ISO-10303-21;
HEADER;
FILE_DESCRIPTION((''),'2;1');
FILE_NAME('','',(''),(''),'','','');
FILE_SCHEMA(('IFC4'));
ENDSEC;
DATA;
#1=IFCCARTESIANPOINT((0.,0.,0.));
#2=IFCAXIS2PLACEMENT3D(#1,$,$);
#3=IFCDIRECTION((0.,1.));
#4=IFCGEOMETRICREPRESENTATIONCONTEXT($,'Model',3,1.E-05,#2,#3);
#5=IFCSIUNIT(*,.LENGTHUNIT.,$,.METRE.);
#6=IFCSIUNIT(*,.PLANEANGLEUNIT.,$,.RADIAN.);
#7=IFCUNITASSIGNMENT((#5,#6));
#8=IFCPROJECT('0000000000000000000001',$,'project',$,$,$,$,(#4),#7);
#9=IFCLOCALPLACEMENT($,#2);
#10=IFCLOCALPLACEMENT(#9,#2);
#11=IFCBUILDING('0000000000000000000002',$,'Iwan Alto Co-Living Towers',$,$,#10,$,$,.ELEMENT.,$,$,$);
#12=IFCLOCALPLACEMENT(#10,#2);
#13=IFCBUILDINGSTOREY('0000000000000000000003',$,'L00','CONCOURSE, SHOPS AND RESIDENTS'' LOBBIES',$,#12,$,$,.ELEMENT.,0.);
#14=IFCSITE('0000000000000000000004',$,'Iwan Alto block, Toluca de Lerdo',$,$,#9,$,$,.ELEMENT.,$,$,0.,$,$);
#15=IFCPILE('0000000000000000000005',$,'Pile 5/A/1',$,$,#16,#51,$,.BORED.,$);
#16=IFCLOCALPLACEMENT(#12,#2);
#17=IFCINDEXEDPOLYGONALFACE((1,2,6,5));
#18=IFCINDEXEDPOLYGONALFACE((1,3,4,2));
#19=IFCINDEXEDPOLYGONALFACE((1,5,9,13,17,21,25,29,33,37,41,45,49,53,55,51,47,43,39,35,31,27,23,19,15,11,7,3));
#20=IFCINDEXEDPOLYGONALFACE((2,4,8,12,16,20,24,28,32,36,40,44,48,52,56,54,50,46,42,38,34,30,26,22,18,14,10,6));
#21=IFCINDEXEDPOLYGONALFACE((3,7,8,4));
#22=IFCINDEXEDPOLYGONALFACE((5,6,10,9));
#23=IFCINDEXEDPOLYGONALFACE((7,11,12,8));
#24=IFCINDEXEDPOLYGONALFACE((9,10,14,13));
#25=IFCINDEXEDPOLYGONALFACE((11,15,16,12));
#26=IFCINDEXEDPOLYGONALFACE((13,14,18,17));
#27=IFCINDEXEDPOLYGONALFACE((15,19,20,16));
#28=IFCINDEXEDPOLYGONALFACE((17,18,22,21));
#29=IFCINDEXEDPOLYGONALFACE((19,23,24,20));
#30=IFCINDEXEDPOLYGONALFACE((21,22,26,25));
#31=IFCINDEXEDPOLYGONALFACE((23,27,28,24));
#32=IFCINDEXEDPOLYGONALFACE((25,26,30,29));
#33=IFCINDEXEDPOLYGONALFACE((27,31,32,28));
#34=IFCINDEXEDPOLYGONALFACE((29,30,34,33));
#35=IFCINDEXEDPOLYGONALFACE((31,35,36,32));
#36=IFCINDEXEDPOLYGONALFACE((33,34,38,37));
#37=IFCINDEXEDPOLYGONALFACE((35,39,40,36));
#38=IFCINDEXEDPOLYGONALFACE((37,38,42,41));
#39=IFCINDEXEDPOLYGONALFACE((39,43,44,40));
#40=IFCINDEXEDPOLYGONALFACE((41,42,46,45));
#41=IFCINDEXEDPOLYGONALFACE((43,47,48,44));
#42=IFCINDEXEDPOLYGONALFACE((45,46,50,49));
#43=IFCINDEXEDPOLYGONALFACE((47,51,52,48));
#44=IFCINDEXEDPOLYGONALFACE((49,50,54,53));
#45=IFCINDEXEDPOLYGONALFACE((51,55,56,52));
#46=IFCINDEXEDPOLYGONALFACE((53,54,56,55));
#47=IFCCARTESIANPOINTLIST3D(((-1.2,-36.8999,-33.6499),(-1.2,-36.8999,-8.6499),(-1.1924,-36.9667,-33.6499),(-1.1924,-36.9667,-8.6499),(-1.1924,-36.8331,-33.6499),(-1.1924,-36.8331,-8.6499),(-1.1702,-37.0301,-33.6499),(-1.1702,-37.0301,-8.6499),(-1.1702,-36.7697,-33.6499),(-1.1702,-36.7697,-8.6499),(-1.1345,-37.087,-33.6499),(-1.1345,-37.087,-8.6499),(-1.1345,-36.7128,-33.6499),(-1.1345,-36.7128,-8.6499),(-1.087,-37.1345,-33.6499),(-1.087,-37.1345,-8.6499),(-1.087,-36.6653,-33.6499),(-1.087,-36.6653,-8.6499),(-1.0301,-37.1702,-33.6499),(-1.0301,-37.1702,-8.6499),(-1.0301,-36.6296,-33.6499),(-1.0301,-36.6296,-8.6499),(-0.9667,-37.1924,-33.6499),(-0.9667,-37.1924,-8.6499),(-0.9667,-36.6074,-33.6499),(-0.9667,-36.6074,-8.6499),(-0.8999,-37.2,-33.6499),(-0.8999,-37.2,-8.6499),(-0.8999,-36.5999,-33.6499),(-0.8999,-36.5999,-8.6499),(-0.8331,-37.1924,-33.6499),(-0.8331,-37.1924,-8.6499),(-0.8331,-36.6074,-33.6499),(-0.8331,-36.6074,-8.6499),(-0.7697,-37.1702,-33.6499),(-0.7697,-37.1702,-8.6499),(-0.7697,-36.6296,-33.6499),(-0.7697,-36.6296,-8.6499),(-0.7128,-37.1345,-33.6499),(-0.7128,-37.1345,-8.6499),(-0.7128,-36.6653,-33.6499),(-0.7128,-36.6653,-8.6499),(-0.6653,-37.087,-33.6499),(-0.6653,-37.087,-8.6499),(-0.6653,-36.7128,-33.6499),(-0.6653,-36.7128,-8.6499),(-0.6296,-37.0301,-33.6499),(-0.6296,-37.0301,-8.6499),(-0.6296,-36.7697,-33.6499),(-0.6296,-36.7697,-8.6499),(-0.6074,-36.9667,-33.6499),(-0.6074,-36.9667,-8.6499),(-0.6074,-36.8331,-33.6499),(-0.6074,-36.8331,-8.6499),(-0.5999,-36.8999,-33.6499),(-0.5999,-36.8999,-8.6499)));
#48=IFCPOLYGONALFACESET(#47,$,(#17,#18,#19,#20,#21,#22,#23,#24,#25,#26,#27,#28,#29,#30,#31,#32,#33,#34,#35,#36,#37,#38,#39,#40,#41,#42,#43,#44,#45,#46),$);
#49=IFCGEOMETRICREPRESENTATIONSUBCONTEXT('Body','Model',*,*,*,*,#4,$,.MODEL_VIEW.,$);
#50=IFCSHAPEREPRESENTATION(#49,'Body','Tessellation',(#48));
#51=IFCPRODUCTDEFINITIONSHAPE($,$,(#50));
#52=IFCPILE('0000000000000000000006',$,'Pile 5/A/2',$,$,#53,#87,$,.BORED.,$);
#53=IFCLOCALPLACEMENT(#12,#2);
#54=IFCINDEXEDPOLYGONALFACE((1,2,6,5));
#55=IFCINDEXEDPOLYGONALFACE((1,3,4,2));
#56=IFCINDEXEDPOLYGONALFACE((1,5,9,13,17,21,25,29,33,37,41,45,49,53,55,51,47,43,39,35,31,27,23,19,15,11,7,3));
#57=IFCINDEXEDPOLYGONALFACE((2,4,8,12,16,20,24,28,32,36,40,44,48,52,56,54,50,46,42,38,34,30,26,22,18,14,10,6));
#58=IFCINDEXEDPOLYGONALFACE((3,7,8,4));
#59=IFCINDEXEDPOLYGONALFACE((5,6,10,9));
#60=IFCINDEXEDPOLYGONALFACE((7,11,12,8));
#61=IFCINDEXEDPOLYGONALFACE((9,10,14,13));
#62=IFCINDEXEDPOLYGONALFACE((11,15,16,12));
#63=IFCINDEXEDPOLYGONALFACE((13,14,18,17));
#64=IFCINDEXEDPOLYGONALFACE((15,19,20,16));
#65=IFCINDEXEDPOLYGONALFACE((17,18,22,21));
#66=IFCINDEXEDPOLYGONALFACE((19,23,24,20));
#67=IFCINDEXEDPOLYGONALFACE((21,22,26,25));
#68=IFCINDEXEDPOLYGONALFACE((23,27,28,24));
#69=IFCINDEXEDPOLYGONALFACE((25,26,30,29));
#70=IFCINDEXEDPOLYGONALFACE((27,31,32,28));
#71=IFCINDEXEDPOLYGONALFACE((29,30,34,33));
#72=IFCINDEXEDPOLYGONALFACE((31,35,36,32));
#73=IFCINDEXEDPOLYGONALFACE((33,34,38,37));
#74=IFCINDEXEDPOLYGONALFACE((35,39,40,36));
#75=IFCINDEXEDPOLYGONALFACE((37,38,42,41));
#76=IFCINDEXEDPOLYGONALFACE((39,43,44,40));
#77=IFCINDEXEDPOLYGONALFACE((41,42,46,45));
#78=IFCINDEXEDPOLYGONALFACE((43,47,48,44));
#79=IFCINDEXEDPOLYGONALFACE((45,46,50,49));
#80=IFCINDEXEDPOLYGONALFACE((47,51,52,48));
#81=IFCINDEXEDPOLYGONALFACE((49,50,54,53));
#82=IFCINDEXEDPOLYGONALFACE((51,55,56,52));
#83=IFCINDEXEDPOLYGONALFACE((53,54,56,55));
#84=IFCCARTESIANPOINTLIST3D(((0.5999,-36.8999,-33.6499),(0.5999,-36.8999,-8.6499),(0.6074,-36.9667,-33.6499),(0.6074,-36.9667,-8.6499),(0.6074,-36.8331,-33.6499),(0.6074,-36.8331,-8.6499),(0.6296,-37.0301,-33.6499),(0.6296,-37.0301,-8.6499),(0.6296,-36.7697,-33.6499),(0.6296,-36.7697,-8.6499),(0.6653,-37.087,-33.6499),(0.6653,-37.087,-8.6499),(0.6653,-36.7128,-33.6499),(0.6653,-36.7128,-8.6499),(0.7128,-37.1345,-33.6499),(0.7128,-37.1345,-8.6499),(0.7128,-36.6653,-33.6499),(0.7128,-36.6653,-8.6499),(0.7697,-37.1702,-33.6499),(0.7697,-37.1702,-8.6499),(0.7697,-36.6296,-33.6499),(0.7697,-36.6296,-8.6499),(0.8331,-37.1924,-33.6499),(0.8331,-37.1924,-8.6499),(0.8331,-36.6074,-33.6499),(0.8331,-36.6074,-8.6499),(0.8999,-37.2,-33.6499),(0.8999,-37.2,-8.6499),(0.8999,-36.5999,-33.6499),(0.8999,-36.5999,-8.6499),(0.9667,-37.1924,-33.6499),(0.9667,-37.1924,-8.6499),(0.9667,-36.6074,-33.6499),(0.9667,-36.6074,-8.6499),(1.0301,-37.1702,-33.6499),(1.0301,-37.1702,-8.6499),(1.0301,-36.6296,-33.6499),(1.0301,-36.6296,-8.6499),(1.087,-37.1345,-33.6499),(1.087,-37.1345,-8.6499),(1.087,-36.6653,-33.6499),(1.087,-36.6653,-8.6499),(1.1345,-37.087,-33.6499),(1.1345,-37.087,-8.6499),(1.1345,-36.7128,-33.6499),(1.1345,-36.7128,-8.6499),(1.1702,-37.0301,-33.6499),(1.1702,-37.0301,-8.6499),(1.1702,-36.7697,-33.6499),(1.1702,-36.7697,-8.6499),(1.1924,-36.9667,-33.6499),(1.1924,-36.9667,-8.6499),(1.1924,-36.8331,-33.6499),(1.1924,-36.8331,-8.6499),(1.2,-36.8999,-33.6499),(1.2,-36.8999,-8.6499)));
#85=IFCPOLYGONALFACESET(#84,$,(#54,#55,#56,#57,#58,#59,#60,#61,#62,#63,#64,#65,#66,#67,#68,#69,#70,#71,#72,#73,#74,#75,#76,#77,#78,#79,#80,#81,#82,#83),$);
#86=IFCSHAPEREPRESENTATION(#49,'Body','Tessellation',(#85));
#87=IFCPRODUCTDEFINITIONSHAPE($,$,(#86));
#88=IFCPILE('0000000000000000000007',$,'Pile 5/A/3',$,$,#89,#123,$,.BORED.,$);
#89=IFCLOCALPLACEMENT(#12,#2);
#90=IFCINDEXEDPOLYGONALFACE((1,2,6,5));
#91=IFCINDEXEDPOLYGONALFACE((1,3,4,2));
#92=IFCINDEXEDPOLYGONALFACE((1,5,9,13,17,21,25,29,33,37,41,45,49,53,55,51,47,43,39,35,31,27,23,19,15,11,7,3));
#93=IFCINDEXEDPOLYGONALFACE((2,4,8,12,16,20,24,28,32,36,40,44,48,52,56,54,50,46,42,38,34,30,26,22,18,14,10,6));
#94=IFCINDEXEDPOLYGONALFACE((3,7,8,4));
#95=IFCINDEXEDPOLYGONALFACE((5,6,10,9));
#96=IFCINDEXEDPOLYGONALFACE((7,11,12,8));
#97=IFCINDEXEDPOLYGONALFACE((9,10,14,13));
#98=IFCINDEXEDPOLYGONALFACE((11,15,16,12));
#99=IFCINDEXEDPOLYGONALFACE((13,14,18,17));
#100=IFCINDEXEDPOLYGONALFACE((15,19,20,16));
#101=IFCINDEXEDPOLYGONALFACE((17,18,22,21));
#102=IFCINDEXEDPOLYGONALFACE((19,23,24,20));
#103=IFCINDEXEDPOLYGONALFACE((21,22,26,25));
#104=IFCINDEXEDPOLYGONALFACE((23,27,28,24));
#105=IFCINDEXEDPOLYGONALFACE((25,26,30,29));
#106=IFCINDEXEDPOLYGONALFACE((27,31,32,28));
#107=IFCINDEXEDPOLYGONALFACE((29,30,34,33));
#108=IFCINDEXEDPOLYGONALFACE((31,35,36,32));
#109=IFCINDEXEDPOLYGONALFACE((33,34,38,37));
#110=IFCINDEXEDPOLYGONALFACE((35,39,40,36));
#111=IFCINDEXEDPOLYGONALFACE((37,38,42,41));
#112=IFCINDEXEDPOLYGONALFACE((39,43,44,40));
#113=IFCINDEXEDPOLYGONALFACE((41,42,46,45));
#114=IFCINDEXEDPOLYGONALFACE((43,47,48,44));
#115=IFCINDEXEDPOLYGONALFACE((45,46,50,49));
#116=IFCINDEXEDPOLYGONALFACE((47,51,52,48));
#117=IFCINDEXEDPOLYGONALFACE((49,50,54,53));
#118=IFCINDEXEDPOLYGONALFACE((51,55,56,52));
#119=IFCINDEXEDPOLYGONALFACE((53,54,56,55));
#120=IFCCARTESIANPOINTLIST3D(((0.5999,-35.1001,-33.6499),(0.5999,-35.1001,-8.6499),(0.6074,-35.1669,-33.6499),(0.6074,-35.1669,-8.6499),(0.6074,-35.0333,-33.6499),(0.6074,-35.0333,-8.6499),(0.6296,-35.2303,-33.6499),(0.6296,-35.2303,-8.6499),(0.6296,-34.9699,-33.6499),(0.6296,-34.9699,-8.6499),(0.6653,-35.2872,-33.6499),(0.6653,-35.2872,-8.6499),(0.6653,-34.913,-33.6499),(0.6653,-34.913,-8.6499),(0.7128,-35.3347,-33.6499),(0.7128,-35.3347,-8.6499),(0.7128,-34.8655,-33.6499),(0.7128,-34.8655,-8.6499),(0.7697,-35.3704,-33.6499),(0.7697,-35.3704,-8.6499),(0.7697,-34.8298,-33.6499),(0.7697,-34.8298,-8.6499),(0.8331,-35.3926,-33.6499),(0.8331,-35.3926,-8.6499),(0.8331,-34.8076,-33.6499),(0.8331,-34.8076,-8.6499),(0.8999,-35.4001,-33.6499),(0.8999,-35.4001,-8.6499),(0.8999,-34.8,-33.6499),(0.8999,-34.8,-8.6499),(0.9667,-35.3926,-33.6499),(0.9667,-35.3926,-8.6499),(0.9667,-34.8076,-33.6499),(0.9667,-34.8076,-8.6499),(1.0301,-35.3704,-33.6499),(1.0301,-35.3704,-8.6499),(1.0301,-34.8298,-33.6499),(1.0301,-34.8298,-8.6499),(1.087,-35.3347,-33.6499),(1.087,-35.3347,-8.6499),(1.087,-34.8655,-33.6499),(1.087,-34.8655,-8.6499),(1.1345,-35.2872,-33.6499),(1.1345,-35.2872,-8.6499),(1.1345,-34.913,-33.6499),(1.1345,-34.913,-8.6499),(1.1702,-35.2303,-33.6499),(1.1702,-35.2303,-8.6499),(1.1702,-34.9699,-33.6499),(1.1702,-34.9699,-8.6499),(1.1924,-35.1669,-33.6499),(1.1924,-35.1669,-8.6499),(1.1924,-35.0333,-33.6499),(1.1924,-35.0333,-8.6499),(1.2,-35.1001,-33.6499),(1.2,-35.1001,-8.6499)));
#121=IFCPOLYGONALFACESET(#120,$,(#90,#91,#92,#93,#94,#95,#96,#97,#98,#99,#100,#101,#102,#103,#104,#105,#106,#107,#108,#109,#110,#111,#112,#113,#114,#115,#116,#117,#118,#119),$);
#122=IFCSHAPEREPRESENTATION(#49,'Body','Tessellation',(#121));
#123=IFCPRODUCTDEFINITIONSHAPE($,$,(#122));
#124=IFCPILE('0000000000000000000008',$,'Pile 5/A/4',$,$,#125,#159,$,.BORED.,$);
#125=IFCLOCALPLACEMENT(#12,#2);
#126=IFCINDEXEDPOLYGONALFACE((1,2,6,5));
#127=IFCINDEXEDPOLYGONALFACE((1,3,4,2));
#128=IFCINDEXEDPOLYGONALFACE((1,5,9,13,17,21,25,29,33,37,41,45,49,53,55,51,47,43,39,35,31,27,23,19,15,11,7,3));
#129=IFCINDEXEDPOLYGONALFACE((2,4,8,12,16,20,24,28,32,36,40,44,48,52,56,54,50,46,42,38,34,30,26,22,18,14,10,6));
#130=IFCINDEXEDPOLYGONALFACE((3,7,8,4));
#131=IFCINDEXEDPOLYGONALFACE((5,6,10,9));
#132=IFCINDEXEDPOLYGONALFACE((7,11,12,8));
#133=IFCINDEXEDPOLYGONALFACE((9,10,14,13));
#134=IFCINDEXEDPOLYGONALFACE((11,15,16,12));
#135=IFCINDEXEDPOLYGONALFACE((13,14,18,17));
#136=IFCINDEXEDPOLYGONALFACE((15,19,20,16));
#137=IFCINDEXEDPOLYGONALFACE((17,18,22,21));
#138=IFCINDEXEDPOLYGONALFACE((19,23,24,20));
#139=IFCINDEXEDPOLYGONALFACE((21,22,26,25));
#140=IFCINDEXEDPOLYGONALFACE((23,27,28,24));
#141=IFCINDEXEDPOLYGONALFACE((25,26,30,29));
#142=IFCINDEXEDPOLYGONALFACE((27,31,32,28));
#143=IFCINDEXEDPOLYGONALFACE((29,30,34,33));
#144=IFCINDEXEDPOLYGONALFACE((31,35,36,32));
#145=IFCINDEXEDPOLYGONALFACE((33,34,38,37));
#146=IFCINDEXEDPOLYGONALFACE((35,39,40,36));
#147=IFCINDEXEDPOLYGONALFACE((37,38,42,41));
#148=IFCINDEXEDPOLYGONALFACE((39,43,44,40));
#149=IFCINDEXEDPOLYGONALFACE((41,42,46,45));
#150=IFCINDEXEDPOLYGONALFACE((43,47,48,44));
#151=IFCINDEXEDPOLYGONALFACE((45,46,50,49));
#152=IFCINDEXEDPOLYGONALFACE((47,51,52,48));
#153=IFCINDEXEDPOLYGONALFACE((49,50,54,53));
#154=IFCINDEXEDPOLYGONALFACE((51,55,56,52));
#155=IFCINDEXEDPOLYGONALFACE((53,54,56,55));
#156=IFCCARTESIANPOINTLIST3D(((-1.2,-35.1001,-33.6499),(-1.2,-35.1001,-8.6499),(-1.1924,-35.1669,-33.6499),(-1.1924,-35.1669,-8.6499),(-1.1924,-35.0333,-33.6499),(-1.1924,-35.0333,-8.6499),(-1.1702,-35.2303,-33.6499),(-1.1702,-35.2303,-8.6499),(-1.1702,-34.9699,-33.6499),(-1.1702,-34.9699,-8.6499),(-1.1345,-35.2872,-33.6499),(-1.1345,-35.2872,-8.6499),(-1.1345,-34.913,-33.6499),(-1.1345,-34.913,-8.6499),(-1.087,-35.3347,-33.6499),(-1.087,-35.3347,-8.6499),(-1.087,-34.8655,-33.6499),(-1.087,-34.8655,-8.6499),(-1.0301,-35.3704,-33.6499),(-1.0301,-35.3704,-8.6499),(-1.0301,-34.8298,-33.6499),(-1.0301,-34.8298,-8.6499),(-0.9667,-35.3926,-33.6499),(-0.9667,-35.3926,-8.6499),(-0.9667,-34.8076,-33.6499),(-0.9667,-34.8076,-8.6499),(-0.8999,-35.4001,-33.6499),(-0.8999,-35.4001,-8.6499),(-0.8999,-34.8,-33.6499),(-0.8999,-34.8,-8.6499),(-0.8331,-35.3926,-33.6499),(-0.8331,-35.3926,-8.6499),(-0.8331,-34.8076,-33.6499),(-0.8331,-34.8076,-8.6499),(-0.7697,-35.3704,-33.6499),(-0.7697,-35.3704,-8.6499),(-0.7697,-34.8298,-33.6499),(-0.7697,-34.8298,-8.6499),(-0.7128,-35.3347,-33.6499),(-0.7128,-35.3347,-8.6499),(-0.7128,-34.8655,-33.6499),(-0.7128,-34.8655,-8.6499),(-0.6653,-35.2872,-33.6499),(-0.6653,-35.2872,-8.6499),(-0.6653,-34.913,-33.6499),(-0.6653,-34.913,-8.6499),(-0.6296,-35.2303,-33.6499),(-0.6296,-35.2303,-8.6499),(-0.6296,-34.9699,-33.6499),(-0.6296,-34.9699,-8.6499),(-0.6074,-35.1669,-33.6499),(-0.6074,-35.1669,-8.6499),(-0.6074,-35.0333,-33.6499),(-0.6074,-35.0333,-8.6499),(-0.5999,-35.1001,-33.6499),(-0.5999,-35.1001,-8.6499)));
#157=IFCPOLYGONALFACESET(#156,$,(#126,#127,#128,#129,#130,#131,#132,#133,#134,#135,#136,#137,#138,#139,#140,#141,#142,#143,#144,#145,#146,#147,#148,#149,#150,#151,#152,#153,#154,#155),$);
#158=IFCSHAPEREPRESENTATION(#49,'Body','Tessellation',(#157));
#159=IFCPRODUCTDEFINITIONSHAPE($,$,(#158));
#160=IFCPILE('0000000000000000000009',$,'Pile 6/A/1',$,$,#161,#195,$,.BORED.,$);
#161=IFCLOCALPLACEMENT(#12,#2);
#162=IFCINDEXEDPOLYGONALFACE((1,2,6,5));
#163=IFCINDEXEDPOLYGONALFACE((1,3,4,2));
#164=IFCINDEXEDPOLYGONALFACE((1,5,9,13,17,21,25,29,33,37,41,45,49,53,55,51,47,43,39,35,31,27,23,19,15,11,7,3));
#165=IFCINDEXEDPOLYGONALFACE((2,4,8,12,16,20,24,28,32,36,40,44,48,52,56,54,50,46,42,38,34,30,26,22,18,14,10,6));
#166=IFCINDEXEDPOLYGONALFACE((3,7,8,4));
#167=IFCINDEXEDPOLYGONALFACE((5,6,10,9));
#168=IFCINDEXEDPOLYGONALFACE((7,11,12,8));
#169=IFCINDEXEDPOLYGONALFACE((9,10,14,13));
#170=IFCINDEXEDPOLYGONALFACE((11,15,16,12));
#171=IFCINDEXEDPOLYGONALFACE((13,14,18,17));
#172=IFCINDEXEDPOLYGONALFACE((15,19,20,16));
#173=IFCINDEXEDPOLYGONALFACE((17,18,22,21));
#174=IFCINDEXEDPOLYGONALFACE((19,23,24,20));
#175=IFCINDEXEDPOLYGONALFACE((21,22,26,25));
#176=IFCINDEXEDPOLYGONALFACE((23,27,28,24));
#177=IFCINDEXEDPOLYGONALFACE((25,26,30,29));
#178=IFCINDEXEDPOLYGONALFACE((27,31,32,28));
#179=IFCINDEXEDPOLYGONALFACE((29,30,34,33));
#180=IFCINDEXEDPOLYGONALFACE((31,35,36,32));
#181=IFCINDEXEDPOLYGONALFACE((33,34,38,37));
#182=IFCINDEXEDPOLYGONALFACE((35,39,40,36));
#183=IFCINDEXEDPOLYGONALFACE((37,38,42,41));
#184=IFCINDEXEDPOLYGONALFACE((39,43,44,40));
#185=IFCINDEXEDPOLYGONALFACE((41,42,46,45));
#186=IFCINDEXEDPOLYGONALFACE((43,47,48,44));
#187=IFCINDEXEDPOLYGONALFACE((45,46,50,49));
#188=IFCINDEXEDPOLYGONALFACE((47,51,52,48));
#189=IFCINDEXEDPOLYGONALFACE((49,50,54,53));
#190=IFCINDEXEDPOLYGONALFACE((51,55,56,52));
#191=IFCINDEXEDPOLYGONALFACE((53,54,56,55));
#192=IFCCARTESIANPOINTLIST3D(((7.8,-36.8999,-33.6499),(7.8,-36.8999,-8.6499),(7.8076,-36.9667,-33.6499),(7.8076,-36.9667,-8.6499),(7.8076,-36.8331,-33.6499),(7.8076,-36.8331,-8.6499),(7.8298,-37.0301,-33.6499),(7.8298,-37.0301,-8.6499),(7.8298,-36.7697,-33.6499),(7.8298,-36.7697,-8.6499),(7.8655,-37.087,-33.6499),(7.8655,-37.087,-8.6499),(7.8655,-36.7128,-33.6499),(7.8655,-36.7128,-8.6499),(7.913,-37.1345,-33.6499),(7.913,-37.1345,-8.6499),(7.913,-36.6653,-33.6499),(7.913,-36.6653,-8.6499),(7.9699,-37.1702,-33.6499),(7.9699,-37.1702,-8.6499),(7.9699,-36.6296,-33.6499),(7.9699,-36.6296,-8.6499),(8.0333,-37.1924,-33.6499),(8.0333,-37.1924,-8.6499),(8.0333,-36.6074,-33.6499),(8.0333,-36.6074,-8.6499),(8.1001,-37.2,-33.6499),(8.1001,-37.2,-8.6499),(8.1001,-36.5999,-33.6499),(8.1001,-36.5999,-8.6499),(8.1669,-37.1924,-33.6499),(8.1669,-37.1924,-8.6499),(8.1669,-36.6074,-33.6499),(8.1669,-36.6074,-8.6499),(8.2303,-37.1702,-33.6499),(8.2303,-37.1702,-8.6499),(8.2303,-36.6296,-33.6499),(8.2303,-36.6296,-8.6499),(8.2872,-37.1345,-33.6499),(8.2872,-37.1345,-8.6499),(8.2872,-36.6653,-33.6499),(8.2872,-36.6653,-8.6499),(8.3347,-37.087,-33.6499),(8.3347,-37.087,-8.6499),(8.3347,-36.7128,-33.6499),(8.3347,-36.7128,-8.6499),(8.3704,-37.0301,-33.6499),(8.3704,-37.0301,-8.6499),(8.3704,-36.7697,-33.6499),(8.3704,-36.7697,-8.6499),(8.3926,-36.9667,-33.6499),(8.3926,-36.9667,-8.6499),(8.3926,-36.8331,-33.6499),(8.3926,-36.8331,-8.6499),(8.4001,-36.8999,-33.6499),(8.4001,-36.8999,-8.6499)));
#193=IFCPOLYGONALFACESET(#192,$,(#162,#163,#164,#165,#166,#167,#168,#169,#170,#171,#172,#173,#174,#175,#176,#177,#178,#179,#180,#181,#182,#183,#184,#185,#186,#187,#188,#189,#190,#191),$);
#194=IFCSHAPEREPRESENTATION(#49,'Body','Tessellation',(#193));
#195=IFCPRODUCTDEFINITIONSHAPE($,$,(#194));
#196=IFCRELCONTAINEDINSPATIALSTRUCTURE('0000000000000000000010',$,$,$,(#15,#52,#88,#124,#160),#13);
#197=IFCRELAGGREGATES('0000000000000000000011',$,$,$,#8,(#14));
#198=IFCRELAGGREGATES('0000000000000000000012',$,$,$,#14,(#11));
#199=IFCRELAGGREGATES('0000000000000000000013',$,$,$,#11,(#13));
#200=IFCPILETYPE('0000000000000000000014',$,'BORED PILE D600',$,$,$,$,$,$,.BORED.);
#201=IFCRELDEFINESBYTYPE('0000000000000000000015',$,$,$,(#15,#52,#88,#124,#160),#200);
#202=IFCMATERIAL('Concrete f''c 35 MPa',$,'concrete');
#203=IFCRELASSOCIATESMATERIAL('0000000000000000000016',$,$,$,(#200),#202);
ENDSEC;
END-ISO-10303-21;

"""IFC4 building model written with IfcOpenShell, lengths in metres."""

from ifc_helpers import new_model, si_unit, direction, frame, origin, origin_2d, place, context, subcontext, project, spatial, circle, extrude, material, material_profile, profile_set, type_object, element, save


model = new_model("IFC4")

# Units and contexts
model_context = context("Model", 3, precision=1e-05, world=origin(), true_north=direction((0.0, 1.0)))
body_context = subcontext(model_context, "Body", "Model", "MODEL_VIEW")
ifc_project = project(units=[si_unit("LENGTHUNIT", "METRE"), si_unit("PLANEANGLEUNIT", "RADIAN")], contexts=[model_context])

# Site, building, storey
site_placement = place(None, origin())
site = spatial("IfcSite", under=ifc_project, at=site_placement, Name="Iwan Alto block, Toluca de Lerdo", CompositionType="ELEMENT", RefElevation=0.0)
building_placement = place(site_placement, origin())
building = spatial("IfcBuilding", under=site, at=building_placement, Name="Iwan Alto Co-Living Towers", CompositionType="ELEMENT")
storey_placement = place(building_placement, origin())
storey = spatial("IfcBuildingStorey", under=building, at=storey_placement, Name="L00", Description="CONCOURSE, SHOPS AND RESIDENTS' LOBBIES", CompositionType="ELEMENT", Elevation=0.0)

# Piles
ifc_material_1 = material(Name="Concrete f'c 35 MPa", Category="concrete")
ifc_material_profile_1 = material_profile(ifc_material_1, circle(Radius=0.3, at=origin_2d()), Name="D600")
ifc_profile_set_1 = profile_set([ifc_material_profile_1], Name="Concrete f'c 35 MPa")
pile_type_1 = type_object("IfcPileType", Name="BORED PILE D600", PredefinedType="BORED", material=ifc_profile_set_1)
for number, where, z_axis, x_axis, name in (
    (1, (-0.8999, -36.8999, -8.6499), (0.0, 0.0, -1.0), (1.0, 0.0, 0.0), "Pile 5/A/1"),
    (2, (0.8999, -36.8999, -8.6499), (0.0, 0.0, -1.0), (1.0, 0.0, 0.0), "Pile 5/A/2"),
    (3, (0.8999, -35.1001, -8.6499), (0.0, 0.0, -1.0), (1.0, 0.0, 0.0), "Pile 5/A/3"),
    (4, (-0.8999, -35.1001, -8.6499), (0.0, 0.0, -1.0), (1.0, 0.0, 0.0), "Pile 5/A/4"),
    (5, (8.1001, -36.8999, -8.6499), (0.0, 0.0, -1.0), (1.0, 0.0, 0.0), "Pile 6/A/1"),
):
    element("IfcPile", number, at=place(storey_placement, frame(where, z_axis=z_axis, x_axis=x_axis)), inside=storey, type_object=pile_type_1, Name=name, PredefinedType="BORED", context=body_context, shape_type="SweptSolid", body=[
        extrude(circle(Radius=0.3, at=origin_2d()), origin(), (0.0, 0.0, 1.0), 25.0),
    ])

save(model, "model.ifc")
